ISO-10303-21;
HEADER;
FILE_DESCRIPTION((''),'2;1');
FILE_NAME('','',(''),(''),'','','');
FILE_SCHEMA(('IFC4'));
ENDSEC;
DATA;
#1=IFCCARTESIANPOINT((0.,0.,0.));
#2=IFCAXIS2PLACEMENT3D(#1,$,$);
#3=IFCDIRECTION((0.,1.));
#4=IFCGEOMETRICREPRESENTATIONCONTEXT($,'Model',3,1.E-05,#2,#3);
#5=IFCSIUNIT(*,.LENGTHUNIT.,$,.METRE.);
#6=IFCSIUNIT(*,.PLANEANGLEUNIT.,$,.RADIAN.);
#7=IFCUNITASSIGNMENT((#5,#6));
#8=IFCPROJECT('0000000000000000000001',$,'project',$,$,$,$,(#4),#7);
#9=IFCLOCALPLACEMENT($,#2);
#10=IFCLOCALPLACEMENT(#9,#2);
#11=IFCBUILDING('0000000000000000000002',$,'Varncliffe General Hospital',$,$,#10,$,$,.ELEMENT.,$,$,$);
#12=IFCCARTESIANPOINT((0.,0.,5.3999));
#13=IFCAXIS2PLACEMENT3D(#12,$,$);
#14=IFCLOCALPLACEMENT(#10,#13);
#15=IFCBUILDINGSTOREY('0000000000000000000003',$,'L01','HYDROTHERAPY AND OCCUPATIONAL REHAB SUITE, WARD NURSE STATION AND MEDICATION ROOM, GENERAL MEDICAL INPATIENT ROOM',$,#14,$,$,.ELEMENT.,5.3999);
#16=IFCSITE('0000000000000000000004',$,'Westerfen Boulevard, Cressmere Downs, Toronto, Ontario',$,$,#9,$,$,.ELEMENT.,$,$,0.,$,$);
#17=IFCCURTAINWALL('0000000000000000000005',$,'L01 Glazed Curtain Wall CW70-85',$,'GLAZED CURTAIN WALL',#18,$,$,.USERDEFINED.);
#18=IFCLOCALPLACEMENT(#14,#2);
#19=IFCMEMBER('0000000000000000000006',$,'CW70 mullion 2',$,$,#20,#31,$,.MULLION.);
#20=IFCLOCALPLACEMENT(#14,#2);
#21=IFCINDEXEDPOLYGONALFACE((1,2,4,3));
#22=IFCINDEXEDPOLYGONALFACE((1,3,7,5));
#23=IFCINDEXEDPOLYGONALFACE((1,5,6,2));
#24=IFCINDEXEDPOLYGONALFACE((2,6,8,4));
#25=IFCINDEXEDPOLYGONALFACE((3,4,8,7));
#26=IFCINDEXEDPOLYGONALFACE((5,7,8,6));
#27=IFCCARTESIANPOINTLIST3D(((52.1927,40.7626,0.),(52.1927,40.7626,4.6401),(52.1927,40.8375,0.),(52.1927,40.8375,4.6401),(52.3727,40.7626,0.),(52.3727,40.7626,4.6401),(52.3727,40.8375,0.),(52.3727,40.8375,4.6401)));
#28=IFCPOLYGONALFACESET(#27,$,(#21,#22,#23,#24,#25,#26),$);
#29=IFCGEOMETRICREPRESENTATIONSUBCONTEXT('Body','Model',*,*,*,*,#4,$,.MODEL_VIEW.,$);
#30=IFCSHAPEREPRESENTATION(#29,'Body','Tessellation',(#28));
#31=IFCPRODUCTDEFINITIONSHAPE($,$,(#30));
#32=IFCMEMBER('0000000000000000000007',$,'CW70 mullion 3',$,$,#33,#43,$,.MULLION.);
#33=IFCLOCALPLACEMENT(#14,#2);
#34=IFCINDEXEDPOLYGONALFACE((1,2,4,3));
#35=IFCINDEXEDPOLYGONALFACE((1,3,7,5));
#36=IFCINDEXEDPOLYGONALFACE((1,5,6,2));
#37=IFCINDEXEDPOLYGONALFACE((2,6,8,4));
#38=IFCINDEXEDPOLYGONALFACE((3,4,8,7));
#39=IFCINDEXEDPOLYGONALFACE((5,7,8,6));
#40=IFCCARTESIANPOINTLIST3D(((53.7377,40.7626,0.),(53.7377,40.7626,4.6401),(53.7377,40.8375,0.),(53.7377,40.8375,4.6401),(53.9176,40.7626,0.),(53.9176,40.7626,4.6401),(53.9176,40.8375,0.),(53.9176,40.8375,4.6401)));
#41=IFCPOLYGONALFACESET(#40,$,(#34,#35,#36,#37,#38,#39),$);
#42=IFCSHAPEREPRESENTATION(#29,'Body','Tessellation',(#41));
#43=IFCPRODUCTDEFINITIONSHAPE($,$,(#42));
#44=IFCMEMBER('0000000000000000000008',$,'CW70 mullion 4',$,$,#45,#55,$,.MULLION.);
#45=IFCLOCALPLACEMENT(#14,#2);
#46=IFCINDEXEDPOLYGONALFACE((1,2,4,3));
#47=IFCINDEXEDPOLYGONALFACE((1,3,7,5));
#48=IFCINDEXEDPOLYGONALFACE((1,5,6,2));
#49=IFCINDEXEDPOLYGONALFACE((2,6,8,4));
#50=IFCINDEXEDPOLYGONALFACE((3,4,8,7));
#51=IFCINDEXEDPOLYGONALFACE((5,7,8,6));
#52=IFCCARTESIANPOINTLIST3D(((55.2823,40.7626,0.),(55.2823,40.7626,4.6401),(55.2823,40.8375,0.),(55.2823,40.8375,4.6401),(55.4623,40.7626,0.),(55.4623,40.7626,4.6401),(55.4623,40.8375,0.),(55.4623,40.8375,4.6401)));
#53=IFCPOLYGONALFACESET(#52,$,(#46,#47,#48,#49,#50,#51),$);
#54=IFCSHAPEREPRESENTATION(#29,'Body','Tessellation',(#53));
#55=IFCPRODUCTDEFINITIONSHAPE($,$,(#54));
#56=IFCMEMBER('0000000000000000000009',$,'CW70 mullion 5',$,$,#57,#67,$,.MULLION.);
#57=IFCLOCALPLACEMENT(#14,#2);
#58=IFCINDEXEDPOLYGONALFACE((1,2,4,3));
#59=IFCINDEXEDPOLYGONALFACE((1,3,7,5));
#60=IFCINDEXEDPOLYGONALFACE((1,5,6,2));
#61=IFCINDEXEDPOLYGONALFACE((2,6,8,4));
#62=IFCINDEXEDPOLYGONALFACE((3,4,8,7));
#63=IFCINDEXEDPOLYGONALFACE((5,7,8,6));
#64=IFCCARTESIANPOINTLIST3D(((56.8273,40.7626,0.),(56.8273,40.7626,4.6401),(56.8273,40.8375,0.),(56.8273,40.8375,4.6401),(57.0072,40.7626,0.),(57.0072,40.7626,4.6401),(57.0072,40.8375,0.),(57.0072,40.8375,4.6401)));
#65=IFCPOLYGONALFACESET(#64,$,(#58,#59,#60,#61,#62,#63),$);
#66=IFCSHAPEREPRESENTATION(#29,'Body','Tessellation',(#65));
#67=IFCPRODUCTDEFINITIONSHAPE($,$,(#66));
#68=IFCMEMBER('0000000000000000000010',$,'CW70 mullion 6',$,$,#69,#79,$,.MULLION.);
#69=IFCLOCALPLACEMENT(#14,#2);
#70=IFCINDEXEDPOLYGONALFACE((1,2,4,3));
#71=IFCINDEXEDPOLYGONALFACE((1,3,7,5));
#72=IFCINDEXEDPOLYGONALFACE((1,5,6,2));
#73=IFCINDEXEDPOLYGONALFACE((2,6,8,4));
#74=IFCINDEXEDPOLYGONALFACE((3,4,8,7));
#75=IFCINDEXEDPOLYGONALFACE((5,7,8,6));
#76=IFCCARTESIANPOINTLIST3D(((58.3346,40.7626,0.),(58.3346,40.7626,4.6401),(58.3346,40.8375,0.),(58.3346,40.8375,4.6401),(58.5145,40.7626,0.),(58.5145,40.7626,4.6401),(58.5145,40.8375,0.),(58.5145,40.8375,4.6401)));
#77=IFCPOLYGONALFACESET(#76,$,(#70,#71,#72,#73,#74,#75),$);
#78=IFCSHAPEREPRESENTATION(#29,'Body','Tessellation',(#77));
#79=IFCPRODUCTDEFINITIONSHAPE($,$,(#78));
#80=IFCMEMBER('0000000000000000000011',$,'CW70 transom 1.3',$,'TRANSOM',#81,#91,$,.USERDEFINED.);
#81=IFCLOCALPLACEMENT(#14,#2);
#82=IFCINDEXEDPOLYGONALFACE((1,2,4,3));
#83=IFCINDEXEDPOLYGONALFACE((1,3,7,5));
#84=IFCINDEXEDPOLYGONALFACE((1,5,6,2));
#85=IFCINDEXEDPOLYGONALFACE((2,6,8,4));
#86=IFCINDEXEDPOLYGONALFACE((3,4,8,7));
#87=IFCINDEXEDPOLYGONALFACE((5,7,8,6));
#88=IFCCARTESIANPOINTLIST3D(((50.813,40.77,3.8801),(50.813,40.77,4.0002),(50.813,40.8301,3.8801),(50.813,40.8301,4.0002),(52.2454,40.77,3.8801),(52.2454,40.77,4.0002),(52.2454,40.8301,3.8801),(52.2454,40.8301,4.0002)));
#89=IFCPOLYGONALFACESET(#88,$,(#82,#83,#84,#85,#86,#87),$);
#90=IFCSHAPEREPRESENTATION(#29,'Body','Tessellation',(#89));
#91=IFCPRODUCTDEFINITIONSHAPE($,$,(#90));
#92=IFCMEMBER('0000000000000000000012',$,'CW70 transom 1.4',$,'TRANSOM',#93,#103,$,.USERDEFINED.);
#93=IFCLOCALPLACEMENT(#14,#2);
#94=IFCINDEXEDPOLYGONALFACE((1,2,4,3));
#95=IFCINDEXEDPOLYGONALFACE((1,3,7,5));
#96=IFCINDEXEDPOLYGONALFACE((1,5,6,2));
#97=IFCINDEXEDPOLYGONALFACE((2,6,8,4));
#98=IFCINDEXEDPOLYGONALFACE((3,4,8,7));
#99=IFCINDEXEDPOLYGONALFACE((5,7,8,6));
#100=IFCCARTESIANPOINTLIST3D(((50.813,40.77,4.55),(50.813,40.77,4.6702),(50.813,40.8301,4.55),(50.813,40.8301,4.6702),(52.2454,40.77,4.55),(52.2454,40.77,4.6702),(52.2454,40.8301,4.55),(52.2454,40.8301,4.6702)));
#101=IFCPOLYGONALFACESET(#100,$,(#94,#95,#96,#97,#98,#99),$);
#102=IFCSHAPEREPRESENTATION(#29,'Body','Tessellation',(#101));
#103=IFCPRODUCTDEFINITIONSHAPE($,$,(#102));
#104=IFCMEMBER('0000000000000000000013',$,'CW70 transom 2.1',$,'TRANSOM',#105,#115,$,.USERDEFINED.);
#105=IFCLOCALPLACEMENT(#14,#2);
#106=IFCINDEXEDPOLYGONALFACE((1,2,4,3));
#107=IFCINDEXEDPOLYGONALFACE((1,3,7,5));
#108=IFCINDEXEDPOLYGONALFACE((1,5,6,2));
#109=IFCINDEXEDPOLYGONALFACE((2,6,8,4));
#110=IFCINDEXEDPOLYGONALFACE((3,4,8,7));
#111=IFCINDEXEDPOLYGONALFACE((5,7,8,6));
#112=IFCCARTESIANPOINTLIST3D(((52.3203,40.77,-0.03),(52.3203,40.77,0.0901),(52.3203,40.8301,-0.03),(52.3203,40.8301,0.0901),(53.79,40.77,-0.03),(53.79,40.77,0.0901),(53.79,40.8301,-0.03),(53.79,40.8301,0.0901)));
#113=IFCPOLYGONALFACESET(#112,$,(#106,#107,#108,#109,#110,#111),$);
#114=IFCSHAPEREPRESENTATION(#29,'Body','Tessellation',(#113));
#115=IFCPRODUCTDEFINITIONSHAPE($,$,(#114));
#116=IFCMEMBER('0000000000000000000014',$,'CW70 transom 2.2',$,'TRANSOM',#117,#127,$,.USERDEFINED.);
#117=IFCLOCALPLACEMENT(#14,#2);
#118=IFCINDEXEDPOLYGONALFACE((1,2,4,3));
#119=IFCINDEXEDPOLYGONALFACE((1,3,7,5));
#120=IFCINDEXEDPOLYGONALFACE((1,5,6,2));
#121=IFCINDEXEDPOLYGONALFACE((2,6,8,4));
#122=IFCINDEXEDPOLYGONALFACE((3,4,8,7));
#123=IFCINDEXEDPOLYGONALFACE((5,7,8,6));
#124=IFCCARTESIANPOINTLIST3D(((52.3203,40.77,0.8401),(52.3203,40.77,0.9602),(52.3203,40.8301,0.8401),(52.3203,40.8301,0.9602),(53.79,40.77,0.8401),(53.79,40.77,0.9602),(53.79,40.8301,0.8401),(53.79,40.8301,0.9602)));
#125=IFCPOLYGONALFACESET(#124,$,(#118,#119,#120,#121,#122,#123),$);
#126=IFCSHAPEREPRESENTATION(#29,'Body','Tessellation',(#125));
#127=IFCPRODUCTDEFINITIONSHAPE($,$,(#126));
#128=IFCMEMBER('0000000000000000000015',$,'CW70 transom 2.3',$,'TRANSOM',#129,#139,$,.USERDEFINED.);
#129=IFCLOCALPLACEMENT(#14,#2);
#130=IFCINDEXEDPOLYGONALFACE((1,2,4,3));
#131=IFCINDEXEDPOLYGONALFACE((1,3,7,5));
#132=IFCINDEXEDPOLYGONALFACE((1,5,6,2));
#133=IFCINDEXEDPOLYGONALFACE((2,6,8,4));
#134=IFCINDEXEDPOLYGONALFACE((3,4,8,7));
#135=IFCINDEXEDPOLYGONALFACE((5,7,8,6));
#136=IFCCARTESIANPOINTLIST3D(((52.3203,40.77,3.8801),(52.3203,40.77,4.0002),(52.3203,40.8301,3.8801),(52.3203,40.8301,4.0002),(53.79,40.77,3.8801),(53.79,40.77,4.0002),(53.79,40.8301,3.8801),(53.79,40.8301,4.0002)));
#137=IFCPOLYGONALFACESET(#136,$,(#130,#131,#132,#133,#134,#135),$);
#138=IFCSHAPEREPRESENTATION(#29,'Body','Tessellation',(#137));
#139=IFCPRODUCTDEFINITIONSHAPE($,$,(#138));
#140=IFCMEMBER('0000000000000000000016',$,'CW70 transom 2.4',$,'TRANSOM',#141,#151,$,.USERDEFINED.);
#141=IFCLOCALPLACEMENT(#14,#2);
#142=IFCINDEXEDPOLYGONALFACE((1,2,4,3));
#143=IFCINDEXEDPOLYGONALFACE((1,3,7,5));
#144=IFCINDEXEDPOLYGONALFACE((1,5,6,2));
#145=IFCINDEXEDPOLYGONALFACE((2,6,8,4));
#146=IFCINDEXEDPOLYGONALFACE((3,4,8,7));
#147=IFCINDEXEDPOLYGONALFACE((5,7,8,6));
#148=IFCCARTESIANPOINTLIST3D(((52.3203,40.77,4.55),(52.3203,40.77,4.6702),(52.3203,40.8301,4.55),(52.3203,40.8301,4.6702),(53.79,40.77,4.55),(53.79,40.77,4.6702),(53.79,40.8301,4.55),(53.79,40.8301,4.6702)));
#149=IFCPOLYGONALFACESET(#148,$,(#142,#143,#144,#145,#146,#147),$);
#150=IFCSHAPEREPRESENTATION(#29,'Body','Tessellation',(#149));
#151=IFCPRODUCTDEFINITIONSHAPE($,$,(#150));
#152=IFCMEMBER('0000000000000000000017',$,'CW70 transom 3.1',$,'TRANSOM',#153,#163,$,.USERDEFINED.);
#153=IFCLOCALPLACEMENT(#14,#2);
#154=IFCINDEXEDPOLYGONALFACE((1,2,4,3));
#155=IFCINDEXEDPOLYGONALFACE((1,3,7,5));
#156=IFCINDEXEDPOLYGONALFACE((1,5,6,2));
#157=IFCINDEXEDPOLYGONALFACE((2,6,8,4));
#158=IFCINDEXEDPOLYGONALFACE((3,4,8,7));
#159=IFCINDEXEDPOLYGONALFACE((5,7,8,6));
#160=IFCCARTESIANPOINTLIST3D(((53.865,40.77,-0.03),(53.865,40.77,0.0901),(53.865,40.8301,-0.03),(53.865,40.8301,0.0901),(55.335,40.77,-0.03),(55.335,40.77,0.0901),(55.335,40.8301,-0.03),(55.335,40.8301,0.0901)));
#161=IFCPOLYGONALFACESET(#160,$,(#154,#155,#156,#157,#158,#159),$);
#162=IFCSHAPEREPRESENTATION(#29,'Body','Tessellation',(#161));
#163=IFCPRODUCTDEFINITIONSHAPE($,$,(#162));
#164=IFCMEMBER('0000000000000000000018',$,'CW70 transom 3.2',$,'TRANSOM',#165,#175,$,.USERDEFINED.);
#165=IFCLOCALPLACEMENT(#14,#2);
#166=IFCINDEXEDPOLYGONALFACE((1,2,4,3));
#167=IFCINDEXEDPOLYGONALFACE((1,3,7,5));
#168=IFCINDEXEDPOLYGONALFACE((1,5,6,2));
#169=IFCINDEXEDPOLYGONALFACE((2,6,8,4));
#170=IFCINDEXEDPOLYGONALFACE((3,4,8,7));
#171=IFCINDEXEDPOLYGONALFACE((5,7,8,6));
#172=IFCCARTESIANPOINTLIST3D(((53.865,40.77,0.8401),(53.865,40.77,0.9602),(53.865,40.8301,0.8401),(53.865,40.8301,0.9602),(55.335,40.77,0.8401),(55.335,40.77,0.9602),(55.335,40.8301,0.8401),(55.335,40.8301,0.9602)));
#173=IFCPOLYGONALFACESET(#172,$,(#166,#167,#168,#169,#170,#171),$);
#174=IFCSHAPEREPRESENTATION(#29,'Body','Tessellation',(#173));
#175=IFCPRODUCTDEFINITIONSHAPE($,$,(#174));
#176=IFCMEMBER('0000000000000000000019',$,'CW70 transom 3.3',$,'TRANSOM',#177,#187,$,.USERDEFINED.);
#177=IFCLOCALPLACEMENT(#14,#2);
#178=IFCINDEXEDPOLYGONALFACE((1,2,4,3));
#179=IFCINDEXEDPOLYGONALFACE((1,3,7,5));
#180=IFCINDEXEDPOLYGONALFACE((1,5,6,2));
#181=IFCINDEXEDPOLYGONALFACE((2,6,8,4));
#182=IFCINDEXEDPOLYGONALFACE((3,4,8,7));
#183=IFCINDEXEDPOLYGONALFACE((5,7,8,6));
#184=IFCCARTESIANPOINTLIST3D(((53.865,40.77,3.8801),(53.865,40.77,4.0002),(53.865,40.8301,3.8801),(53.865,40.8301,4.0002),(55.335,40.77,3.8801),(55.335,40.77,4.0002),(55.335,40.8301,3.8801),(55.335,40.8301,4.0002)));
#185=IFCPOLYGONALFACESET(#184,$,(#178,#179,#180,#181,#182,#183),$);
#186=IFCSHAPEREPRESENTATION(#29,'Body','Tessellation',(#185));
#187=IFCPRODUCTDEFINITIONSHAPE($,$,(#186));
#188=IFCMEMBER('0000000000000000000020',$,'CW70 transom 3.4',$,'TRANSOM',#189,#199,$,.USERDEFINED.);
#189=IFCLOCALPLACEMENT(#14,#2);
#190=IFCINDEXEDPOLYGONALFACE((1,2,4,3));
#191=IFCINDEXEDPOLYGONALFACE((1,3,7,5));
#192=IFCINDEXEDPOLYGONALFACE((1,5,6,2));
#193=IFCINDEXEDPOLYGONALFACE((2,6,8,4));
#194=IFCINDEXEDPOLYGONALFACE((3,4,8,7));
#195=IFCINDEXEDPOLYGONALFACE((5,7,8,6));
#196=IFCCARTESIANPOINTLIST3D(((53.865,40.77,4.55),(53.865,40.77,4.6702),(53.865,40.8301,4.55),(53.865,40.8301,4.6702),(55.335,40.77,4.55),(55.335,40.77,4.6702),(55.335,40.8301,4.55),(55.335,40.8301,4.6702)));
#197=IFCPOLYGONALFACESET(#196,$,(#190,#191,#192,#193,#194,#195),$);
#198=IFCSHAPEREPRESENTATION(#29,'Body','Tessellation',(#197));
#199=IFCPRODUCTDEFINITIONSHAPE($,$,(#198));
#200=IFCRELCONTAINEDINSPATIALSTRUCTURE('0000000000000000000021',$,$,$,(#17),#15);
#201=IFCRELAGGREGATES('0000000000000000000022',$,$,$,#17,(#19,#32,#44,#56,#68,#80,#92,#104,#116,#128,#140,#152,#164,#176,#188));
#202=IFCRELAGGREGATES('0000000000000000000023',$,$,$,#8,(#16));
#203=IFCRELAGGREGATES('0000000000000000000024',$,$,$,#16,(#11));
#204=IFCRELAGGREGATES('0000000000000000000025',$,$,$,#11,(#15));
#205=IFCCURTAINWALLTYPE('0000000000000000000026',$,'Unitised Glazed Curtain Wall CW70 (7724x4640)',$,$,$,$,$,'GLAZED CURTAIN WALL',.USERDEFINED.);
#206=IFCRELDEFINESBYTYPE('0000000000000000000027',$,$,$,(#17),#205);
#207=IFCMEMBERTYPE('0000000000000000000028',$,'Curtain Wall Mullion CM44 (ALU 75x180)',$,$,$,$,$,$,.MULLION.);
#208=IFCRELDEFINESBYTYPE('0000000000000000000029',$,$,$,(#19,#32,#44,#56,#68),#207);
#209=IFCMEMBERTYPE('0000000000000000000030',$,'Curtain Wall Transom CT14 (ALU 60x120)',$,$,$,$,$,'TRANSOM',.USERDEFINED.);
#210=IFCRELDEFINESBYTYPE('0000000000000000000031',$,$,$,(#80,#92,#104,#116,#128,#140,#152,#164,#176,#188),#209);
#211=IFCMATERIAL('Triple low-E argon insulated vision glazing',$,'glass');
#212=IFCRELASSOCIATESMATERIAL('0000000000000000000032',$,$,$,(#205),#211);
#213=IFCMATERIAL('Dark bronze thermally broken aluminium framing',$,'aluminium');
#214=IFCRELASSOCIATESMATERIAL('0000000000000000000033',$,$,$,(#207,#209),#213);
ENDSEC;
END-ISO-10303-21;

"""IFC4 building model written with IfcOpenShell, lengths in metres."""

from ifc_helpers import new_model, si_unit, direction, frame, origin, origin_2d, place, context, subcontext, project, spatial, rectangle, extrude, material, material_profile, profile_set, type_object, element, aggregate, save


model = new_model("IFC4")

# Units and contexts
model_context = context("Model", 3, precision=1e-05, world=origin(), true_north=direction((0.0, 1.0)))
body_context = subcontext(model_context, "Body", "Model", "MODEL_VIEW")
ifc_project = project(units=[si_unit("LENGTHUNIT", "METRE"), si_unit("PLANEANGLEUNIT", "RADIAN")], contexts=[model_context])

# Site, building, storey
site_placement = place(None, origin())
site = spatial("IfcSite", under=ifc_project, at=site_placement, Name="Westerfen Boulevard, Cressmere Downs, Toronto, Ontario", CompositionType="ELEMENT", RefElevation=0.0)
building_placement = place(site_placement, origin())
building = spatial("IfcBuilding", under=site, at=building_placement, Name="Varncliffe General Hospital", CompositionType="ELEMENT")
storey_placement = place(building_placement, frame((0.0, 0.0, 5.3999)))
storey = spatial("IfcBuildingStorey", under=building, at=storey_placement, Name="L01", Description="HYDROTHERAPY AND OCCUPATIONAL REHAB SUITE, WARD NURSE STATION AND MEDICATION ROOM, GENERAL MEDICAL INPATIENT ROOM", CompositionType="ELEMENT", Elevation=5.3999)

# Curtain wall, members
ifc_material_1 = material(Name="Triple low-E argon insulated vision glazing", Category="glass")
curtain_wall_type = type_object("IfcCurtainWallType", Name="Unitised Glazed Curtain Wall CW70 (7724x4640)", ElementType="GLAZED CURTAIN WALL", PredefinedType="USERDEFINED", material=ifc_material_1)
curtain_wall_placement = place(storey_placement, origin())
curtain_wall = element("IfcCurtainWall", 1, at=curtain_wall_placement, inside=storey, type_object=curtain_wall_type, Name="L01 Glazed Curtain Wall CW70-85", ObjectType="GLAZED CURTAIN WALL", PredefinedType="USERDEFINED")
ifc_material_2 = material(Name="Dark bronze thermally broken aluminium framing", Category="aluminium")
ifc_material_profile_1 = material_profile(ifc_material_2, rectangle(XDim=0.075, YDim=0.1799, at=origin_2d()), Name="ALU 75x180")
ifc_profile_set_1 = profile_set([ifc_material_profile_1], Name="Dark bronze thermally broken aluminium framing")
member_type_1 = type_object("IfcMemberType", Name="Curtain Wall Mullion CM44 (ALU 75x180)", PredefinedType="MULLION", material=ifc_profile_set_1)
member_1_placement = place(storey_placement, frame((52.2827, 40.8, 0.0), z_axis=(0.0, 0.0, 1.0), x_axis=(0.0, 1.0, 0.0)))
member_1 = element("IfcMember", 2, at=member_1_placement, type_object=member_type_1, Name="CW70 mullion 2", PredefinedType="MULLION", context=body_context, shape_type="SweptSolid", body=[
    extrude(rectangle(XDim=0.075, YDim=0.1799, at=origin_2d()), origin(), (0.0, 0.0, 1.0), 4.6401),
])
member_2_placement = place(storey_placement, frame((53.8276, 40.8, 0.0), z_axis=(0.0, 0.0, 1.0), x_axis=(0.0, 1.0, 0.0)))
member_2 = element("IfcMember", 3, at=member_2_placement, type_object=member_type_1, Name="CW70 mullion 3", PredefinedType="MULLION", context=body_context, shape_type="SweptSolid", body=[
    extrude(rectangle(XDim=0.075, YDim=0.1799, at=origin_2d()), origin(), (0.0, 0.0, 1.0), 4.6401),
])
member_3_placement = place(storey_placement, frame((55.3723, 40.8, 0.0), z_axis=(0.0, 0.0, 1.0), x_axis=(0.0, 1.0, 0.0)))
member_3 = element("IfcMember", 4, at=member_3_placement, type_object=member_type_1, Name="CW70 mullion 4", PredefinedType="MULLION", context=body_context, shape_type="SweptSolid", body=[
    extrude(rectangle(XDim=0.075, YDim=0.1799, at=origin_2d()), origin(), (0.0, 0.0, 1.0), 4.6401),
])
member_4_placement = place(storey_placement, frame((56.9172, 40.8, 0.0), z_axis=(0.0, 0.0, 1.0), x_axis=(0.0, 1.0, 0.0)))
member_4 = element("IfcMember", 5, at=member_4_placement, type_object=member_type_1, Name="CW70 mullion 5", PredefinedType="MULLION", context=body_context, shape_type="SweptSolid", body=[
    extrude(rectangle(XDim=0.075, YDim=0.1799, at=origin_2d()), origin(), (0.0, 0.0, 1.0), 4.6401),
])
member_5_placement = place(storey_placement, frame((58.4246, 40.8, 0.0), z_axis=(0.0, 0.0, 1.0), x_axis=(0.0, 1.0, 0.0)))
member_5 = element("IfcMember", 6, at=member_5_placement, type_object=member_type_1, Name="CW70 mullion 6", PredefinedType="MULLION", context=body_context, shape_type="SweptSolid", body=[
    extrude(rectangle(XDim=0.075, YDim=0.1799, at=origin_2d()), origin(), (0.0, 0.0, 1.0), 4.6401),
])
ifc_material_profile_2 = material_profile(ifc_material_2, rectangle(XDim=0.0601, YDim=0.1201, at=origin_2d()), Name="ALU 60x120")
ifc_profile_set_2 = profile_set([ifc_material_profile_2], Name="Dark bronze thermally broken aluminium framing")
member_type_2 = type_object("IfcMemberType", Name="Curtain Wall Transom CT14 (ALU 60x120)", ElementType="TRANSOM", PredefinedType="USERDEFINED", material=ifc_profile_set_2)
member_6_placement = place(storey_placement, frame((50.813, 40.8, 3.9402), z_axis=(1.0, 0.0, 0.0), x_axis=(0.0, 1.0, 0.0)))
member_6 = element("IfcMember", 7, at=member_6_placement, type_object=member_type_2, Name="CW70 transom 1.3", ObjectType="TRANSOM", PredefinedType="USERDEFINED", context=body_context, shape_type="SweptSolid", body=[
    extrude(rectangle(XDim=0.0601, YDim=0.1201, at=origin_2d()), origin(), (0.0, 0.0, 1.0), 1.4324),
])
member_7_placement = place(storey_placement, frame((50.813, 40.8, 4.6101), z_axis=(1.0, 0.0, 0.0), x_axis=(0.0, 1.0, 0.0)))
member_7 = element("IfcMember", 8, at=member_7_placement, type_object=member_type_2, Name="CW70 transom 1.4", ObjectType="TRANSOM", PredefinedType="USERDEFINED", context=body_context, shape_type="SweptSolid", body=[
    extrude(rectangle(XDim=0.0601, YDim=0.1201, at=origin_2d()), origin(), (0.0, 0.0, 1.0), 1.4324),
])
member_8_placement = place(storey_placement, frame((52.3203, 40.8, 0.03), z_axis=(1.0, 0.0, 0.0), x_axis=(0.0, 1.0, 0.0)))
member_8 = element("IfcMember", 9, at=member_8_placement, type_object=member_type_2, Name="CW70 transom 2.1", ObjectType="TRANSOM", PredefinedType="USERDEFINED", context=body_context, shape_type="SweptSolid", body=[
    extrude(rectangle(XDim=0.0601, YDim=0.1201, at=origin_2d()), origin(), (0.0, 0.0, 1.0), 1.4697),
])
member_9_placement = place(storey_placement, frame((52.3203, 40.8, 0.9001), z_axis=(1.0, 0.0, 0.0), x_axis=(0.0, 1.0, 0.0)))
member_9 = element("IfcMember", 10, at=member_9_placement, type_object=member_type_2, Name="CW70 transom 2.2", ObjectType="TRANSOM", PredefinedType="USERDEFINED", context=body_context, shape_type="SweptSolid", body=[
    extrude(rectangle(XDim=0.0601, YDim=0.1201, at=origin_2d()), origin(), (0.0, 0.0, 1.0), 1.4697),
])
member_10_placement = place(storey_placement, frame((52.3203, 40.8, 3.9402), z_axis=(1.0, 0.0, 0.0), x_axis=(0.0, 1.0, 0.0)))
member_10 = element("IfcMember", 11, at=member_10_placement, type_object=member_type_2, Name="CW70 transom 2.3", ObjectType="TRANSOM", PredefinedType="USERDEFINED", context=body_context, shape_type="SweptSolid", body=[
    extrude(rectangle(XDim=0.0601, YDim=0.1201, at=origin_2d()), origin(), (0.0, 0.0, 1.0), 1.4697),
])
member_11_placement = place(storey_placement, frame((52.3203, 40.8, 4.6101), z_axis=(1.0, 0.0, 0.0), x_axis=(0.0, 1.0, 0.0)))
member_11 = element("IfcMember", 12, at=member_11_placement, type_object=member_type_2, Name="CW70 transom 2.4", ObjectType="TRANSOM", PredefinedType="USERDEFINED", context=body_context, shape_type="SweptSolid", body=[
    extrude(rectangle(XDim=0.0601, YDim=0.1201, at=origin_2d()), origin(), (0.0, 0.0, 1.0), 1.4697),
])
member_12_placement = place(storey_placement, frame((53.865, 40.8, 0.03), z_axis=(1.0, 0.0, 0.0), x_axis=(0.0, 1.0, 0.0)))
member_12 = element("IfcMember", 13, at=member_12_placement, type_object=member_type_2, Name="CW70 transom 3.1", ObjectType="TRANSOM", PredefinedType="USERDEFINED", context=body_context, shape_type="SweptSolid", body=[
    extrude(rectangle(XDim=0.0601, YDim=0.1201, at=origin_2d()), origin(), (0.0, 0.0, 1.0), 1.47),
])
member_13_placement = place(storey_placement, frame((53.865, 40.8, 0.9001), z_axis=(1.0, 0.0, 0.0), x_axis=(0.0, 1.0, 0.0)))
member_13 = element("IfcMember", 14, at=member_13_placement, type_object=member_type_2, Name="CW70 transom 3.2", ObjectType="TRANSOM", PredefinedType="USERDEFINED", context=body_context, shape_type="SweptSolid", body=[
    extrude(rectangle(XDim=0.0601, YDim=0.1201, at=origin_2d()), origin(), (0.0, 0.0, 1.0), 1.47),
])
member_14_placement = place(storey_placement, frame((53.865, 40.8, 3.9402), z_axis=(1.0, 0.0, 0.0), x_axis=(0.0, 1.0, 0.0)))
member_14 = element("IfcMember", 15, at=member_14_placement, type_object=member_type_2, Name="CW70 transom 3.3", ObjectType="TRANSOM", PredefinedType="USERDEFINED", context=body_context, shape_type="SweptSolid", body=[
    extrude(rectangle(XDim=0.0601, YDim=0.1201, at=origin_2d()), origin(), (0.0, 0.0, 1.0), 1.47),
])
member_15_placement = place(storey_placement, frame((53.865, 40.8, 4.6101), z_axis=(1.0, 0.0, 0.0), x_axis=(0.0, 1.0, 0.0)))
member_15 = element("IfcMember", 16, at=member_15_placement, type_object=member_type_2, Name="CW70 transom 3.4", ObjectType="TRANSOM", PredefinedType="USERDEFINED", context=body_context, shape_type="SweptSolid", body=[
    extrude(rectangle(XDim=0.0601, YDim=0.1201, at=origin_2d()), origin(), (0.0, 0.0, 1.0), 1.47),
])
aggregate(curtain_wall, [member_1, member_2, member_3, member_4, member_5, member_6, member_7, member_8, member_9, member_10, member_11, member_12, member_13, member_14, member_15])

save(model, "model.ifc")
